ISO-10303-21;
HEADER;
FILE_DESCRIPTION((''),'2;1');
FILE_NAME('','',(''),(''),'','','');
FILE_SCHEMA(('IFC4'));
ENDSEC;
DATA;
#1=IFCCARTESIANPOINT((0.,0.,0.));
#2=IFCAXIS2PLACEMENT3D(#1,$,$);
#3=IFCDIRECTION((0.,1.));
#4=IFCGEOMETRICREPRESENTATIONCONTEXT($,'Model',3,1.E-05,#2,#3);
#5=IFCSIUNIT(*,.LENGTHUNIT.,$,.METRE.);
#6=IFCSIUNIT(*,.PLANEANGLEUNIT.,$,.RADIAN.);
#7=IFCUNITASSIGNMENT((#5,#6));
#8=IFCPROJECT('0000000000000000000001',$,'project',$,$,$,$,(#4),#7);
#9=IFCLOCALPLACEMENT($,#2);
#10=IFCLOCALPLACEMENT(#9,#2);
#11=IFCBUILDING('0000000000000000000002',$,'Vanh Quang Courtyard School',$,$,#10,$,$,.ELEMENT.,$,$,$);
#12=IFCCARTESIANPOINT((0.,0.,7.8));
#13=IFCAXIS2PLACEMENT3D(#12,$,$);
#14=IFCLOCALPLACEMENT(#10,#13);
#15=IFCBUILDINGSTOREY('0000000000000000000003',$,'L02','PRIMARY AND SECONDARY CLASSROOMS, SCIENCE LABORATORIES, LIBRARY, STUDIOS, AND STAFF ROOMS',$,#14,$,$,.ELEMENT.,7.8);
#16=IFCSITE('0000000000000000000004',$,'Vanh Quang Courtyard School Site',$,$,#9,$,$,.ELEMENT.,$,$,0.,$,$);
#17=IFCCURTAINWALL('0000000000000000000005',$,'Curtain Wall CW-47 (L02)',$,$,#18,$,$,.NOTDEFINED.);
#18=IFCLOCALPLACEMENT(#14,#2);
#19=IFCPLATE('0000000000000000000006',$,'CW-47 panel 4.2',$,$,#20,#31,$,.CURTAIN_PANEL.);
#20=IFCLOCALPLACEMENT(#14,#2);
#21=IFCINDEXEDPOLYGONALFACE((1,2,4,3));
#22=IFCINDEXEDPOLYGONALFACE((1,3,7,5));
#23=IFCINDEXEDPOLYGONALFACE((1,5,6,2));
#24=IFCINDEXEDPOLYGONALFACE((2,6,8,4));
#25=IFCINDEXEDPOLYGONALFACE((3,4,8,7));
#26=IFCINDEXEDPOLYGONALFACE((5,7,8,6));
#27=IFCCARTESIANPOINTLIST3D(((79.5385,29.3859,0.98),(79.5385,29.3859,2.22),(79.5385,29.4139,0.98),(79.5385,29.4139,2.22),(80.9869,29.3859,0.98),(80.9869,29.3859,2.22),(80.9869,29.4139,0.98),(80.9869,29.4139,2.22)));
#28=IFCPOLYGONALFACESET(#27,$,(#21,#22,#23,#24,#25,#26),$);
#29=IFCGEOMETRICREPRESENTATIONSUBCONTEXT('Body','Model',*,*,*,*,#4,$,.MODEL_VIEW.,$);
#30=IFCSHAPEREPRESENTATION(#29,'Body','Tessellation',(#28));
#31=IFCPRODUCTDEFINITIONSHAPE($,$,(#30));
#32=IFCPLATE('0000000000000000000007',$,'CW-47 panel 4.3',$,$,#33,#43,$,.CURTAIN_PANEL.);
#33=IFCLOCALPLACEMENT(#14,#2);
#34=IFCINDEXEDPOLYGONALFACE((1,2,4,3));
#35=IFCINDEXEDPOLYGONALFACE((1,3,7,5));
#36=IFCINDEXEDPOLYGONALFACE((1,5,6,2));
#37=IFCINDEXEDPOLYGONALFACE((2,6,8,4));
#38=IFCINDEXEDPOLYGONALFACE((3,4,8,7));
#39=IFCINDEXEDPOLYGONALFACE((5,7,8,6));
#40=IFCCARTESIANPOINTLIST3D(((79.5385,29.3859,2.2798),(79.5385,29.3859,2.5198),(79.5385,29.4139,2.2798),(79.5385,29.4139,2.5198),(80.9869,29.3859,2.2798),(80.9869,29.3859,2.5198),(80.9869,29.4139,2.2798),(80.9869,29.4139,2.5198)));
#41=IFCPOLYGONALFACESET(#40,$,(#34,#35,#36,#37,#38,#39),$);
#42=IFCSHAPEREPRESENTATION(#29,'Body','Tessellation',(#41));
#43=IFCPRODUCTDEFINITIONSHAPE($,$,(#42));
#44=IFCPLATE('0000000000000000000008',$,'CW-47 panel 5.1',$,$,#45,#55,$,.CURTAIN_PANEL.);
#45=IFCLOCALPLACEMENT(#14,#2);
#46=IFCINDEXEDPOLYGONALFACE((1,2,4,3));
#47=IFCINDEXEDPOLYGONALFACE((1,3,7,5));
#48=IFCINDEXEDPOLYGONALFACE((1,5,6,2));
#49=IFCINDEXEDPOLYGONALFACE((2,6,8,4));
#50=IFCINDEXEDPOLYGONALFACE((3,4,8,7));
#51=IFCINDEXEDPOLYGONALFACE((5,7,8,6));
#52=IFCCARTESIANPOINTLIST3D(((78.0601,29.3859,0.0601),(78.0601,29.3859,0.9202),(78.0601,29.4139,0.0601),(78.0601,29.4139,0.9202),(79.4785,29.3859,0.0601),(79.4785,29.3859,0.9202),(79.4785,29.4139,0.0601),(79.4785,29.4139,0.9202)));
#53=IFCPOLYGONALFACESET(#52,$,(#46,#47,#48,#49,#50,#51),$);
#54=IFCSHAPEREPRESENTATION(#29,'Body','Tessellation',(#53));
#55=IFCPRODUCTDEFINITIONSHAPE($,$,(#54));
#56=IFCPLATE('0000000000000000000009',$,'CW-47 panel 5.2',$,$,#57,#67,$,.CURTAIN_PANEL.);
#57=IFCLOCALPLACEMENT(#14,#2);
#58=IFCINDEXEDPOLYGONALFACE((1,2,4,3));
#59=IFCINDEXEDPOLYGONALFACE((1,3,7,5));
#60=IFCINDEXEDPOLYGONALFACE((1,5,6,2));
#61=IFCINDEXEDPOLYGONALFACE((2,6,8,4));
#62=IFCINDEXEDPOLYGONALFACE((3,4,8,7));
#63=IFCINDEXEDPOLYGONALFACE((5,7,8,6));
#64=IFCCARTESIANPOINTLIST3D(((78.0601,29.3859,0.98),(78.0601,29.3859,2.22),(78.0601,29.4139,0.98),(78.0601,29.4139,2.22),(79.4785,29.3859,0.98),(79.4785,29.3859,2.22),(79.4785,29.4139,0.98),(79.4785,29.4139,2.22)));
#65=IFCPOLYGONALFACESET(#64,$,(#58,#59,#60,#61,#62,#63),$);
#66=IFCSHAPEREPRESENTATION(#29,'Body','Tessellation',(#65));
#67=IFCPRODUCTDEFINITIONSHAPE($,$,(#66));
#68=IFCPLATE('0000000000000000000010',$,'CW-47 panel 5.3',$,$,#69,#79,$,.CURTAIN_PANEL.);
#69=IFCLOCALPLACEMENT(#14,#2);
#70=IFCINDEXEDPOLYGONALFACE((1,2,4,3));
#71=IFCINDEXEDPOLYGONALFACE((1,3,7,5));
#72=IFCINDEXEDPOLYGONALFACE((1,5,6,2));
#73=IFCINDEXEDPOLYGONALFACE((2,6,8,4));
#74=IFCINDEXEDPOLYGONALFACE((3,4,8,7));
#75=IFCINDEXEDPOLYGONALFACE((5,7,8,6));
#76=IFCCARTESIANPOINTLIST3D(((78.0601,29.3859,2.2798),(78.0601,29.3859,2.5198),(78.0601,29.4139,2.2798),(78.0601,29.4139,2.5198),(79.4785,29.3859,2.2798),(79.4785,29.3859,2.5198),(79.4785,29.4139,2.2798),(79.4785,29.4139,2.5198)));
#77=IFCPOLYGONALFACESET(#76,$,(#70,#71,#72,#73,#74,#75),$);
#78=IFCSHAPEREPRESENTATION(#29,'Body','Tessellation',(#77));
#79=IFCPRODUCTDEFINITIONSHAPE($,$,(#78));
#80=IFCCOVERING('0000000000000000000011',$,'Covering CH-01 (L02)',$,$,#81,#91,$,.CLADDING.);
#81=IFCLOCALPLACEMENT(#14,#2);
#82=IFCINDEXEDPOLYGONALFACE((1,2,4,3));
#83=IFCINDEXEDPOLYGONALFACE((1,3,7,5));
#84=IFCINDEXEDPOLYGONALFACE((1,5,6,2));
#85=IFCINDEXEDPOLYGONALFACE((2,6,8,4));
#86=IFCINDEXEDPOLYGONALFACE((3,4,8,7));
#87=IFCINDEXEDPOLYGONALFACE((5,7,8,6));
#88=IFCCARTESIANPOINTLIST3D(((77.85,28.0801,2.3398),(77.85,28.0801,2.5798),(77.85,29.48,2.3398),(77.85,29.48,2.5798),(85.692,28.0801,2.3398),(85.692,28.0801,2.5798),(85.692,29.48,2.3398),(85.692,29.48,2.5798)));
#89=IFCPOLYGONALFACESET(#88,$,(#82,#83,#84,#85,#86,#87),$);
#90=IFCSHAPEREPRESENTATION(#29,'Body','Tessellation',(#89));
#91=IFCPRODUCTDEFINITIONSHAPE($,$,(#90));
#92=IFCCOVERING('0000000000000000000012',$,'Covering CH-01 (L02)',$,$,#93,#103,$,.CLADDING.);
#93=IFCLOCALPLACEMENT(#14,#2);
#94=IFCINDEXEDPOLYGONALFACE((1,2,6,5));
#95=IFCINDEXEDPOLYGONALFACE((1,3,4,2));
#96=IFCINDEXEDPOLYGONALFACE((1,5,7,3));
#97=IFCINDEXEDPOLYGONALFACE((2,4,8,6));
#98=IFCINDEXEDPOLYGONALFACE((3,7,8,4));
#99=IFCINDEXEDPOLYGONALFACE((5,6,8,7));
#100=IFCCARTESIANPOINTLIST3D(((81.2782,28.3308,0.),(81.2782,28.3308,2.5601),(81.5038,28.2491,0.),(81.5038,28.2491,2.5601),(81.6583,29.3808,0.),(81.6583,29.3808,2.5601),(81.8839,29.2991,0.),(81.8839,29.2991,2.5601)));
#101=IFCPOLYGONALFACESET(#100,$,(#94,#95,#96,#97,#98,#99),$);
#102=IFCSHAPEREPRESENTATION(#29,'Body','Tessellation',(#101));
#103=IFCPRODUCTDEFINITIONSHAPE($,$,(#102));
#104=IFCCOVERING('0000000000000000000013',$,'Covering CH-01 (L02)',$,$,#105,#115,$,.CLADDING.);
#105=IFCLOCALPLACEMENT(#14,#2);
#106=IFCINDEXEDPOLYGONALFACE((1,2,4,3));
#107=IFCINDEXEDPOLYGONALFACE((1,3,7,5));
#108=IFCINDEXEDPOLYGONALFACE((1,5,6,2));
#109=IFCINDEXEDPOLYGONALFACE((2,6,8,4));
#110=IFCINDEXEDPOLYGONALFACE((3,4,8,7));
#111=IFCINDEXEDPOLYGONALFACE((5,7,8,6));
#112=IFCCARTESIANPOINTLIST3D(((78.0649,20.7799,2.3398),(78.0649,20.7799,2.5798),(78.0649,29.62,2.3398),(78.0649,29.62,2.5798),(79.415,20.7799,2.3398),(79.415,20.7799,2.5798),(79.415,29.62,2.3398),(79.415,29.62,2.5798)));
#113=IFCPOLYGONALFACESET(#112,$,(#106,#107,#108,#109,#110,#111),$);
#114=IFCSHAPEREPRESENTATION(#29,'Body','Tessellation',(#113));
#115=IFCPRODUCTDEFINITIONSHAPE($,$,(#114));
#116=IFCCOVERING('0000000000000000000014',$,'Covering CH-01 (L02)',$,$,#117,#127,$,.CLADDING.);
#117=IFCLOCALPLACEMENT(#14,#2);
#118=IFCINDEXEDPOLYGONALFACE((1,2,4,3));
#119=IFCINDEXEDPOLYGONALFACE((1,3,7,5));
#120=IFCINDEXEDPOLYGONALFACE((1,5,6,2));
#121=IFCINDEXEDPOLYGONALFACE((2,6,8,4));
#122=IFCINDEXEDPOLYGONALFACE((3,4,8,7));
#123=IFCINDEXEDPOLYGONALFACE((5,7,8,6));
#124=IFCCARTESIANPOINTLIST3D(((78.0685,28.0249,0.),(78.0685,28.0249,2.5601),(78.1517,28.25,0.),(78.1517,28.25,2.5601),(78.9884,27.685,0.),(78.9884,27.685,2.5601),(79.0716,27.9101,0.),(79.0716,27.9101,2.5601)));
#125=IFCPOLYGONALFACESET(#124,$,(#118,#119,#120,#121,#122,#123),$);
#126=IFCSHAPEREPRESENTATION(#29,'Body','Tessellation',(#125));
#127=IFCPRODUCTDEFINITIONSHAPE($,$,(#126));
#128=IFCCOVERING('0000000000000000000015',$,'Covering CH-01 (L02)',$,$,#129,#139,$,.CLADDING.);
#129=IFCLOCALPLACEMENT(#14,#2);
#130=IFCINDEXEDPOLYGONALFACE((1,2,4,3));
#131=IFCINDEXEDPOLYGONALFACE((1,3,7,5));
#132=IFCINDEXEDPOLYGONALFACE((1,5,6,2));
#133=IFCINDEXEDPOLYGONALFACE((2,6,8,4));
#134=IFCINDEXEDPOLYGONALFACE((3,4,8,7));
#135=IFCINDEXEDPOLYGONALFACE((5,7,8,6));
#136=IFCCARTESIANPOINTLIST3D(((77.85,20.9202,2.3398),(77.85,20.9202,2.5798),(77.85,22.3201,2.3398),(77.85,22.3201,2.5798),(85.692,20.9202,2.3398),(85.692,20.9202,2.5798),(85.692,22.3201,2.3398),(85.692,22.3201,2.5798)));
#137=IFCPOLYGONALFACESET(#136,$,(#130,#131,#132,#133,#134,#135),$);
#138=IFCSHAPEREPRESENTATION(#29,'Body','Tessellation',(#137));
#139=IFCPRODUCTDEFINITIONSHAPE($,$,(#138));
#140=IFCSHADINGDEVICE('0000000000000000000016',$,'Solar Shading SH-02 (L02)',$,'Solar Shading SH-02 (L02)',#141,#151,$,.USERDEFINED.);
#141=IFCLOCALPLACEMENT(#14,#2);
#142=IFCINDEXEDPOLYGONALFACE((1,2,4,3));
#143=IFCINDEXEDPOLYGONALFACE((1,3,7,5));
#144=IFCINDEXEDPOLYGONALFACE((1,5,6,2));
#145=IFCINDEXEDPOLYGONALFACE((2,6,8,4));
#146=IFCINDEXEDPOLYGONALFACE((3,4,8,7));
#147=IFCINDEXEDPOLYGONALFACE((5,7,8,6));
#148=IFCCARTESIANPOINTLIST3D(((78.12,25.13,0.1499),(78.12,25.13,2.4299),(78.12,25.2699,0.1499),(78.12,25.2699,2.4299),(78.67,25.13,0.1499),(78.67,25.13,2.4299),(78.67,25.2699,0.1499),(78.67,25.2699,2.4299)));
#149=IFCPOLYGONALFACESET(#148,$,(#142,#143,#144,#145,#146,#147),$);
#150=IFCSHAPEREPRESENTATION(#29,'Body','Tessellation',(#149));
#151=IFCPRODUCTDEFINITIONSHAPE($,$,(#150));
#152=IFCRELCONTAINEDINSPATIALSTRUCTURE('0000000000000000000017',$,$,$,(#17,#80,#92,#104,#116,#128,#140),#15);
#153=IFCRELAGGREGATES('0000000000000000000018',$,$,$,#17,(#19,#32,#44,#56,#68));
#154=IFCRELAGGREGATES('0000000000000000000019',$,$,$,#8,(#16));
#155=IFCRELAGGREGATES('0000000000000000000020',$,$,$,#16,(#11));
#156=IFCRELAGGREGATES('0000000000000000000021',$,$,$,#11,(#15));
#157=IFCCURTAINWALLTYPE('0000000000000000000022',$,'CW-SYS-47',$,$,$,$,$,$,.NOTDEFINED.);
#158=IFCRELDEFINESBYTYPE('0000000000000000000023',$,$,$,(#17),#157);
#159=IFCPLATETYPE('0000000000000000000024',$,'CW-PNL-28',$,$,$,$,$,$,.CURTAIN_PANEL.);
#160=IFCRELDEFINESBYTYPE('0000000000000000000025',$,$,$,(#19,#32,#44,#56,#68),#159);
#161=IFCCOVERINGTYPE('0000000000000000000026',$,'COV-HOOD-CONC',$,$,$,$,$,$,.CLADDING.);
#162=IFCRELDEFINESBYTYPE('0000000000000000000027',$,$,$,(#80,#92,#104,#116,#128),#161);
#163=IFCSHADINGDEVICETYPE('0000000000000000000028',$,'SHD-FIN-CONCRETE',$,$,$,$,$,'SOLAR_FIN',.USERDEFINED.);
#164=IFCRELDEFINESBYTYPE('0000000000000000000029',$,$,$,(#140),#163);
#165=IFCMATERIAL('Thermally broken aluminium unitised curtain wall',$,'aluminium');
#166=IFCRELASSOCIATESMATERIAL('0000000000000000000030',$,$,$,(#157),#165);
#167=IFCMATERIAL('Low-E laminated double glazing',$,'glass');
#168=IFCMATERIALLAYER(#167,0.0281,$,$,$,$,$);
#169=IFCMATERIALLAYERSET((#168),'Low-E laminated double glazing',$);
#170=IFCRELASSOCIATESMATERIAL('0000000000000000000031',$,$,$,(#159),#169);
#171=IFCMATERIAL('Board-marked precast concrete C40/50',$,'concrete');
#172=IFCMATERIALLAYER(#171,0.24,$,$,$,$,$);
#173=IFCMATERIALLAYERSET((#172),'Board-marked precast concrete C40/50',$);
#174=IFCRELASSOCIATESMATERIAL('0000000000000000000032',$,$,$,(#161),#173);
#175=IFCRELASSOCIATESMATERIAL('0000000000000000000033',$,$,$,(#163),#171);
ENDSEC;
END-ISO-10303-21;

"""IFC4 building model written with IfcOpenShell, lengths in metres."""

from ifc_helpers import new_model, si_unit, direction, frame, origin, origin_2d, place, context, subcontext, project, spatial, rectangle, extrude, material, layer, layer_set, type_object, element, aggregate, save


model = new_model("IFC4")

# Units and contexts
model_context = context("Model", 3, precision=1e-05, world=origin(), true_north=direction((0.0, 1.0)))
body_context = subcontext(model_context, "Body", "Model", "MODEL_VIEW")
ifc_project = project(units=[si_unit("LENGTHUNIT", "METRE"), si_unit("PLANEANGLEUNIT", "RADIAN")], contexts=[model_context])

# Site, building, storey
site_placement = place(None, origin())
site = spatial("IfcSite", under=ifc_project, at=site_placement, Name="Vanh Quang Courtyard School Site", CompositionType="ELEMENT", RefElevation=0.0)
building_placement = place(site_placement, origin())
building = spatial("IfcBuilding", under=site, at=building_placement, Name="Vanh Quang Courtyard School", CompositionType="ELEMENT")
storey_placement = place(building_placement, frame((0.0, 0.0, 7.8)))
storey = spatial("IfcBuildingStorey", under=building, at=storey_placement, Name="L02", Description="PRIMARY AND SECONDARY CLASSROOMS, SCIENCE LABORATORIES, LIBRARY, STUDIOS, AND STAFF ROOMS", CompositionType="ELEMENT", Elevation=7.8)

# Curtain wall, plates
ifc_material_1 = material(Name="Thermally broken aluminium unitised curtain wall", Category="aluminium")
curtain_wall_type = type_object("IfcCurtainWallType", Name="CW-SYS-47", PredefinedType="NOTDEFINED", material=ifc_material_1)
curtain_wall_placement = place(storey_placement, origin())
curtain_wall = element("IfcCurtainWall", 1, at=curtain_wall_placement, inside=storey, type_object=curtain_wall_type, Name="Curtain Wall CW-47 (L02)", PredefinedType="NOTDEFINED")
ifc_material_2 = material(Name="Low-E laminated double glazing", Category="glass")
ifc_layer_1 = layer(ifc_material_2, 0.0281)
ifc_layer_set_1 = layer_set([ifc_layer_1], Name="Low-E laminated double glazing")
plate_type = type_object("IfcPlateType", Name="CW-PNL-28", PredefinedType="CURTAIN_PANEL", material=ifc_layer_set_1)
plate_1_placement = place(storey_placement, frame((80.2627, 29.3999, 0.98), z_axis=(0.0, 0.0, 1.0), x_axis=(-1.0, 0.0, 0.0)))
plate_1 = element("IfcPlate", 2, at=plate_1_placement, type_object=plate_type, Name="CW-47 panel 4.2", PredefinedType="CURTAIN_PANEL", context=body_context, shape_type="SweptSolid", body=[
    extrude(rectangle(XDim=1.4485, YDim=0.0281, at=origin_2d()), origin(), (0.0, 0.0, 1.0), 1.24),
])
plate_2_placement = place(storey_placement, frame((80.2627, 29.3999, 2.2798), z_axis=(0.0, 0.0, 1.0), x_axis=(-1.0, 0.0, 0.0)))
plate_2 = element("IfcPlate", 3, at=plate_2_placement, type_object=plate_type, Name="CW-47 panel 4.3", PredefinedType="CURTAIN_PANEL", context=body_context, shape_type="SweptSolid", body=[
    extrude(rectangle(XDim=1.4485, YDim=0.0281, at=origin_2d()), origin(), (0.0, 0.0, 1.0), 0.24),
])
plate_3_placement = place(storey_placement, frame((78.7693, 29.3999, 0.0601), z_axis=(0.0, 0.0, 1.0), x_axis=(-1.0, 0.0, 0.0)))
plate_3 = element("IfcPlate", 4, at=plate_3_placement, type_object=plate_type, Name="CW-47 panel 5.1", PredefinedType="CURTAIN_PANEL", context=body_context, shape_type="SweptSolid", body=[
    extrude(rectangle(XDim=1.4185, YDim=0.0281, at=origin_2d()), origin(), (0.0, 0.0, 1.0), 0.8601),
])
plate_4_placement = place(storey_placement, frame((78.7693, 29.3999, 0.98), z_axis=(0.0, 0.0, 1.0), x_axis=(-1.0, 0.0, 0.0)))
plate_4 = element("IfcPlate", 5, at=plate_4_placement, type_object=plate_type, Name="CW-47 panel 5.2", PredefinedType="CURTAIN_PANEL", context=body_context, shape_type="SweptSolid", body=[
    extrude(rectangle(XDim=1.4185, YDim=0.0281, at=origin_2d()), origin(), (0.0, 0.0, 1.0), 1.24),
])
plate_5_placement = place(storey_placement, frame((78.7693, 29.3999, 2.2798), z_axis=(0.0, 0.0, 1.0), x_axis=(-1.0, 0.0, 0.0)))
plate_5 = element("IfcPlate", 6, at=plate_5_placement, type_object=plate_type, Name="CW-47 panel 5.3", PredefinedType="CURTAIN_PANEL", context=body_context, shape_type="SweptSolid", body=[
    extrude(rectangle(XDim=1.4185, YDim=0.0281, at=origin_2d()), origin(), (0.0, 0.0, 1.0), 0.24),
])
aggregate(curtain_wall, [plate_1, plate_2, plate_3, plate_4, plate_5])

# Coverings
ifc_material_3 = material(Name="Board-marked precast concrete C40/50", Category="concrete")
ifc_layer_2 = layer(ifc_material_3, 0.24)
ifc_layer_set_2 = layer_set([ifc_layer_2], Name="Board-marked precast concrete C40/50")
covering_type = type_object("IfcCoveringType", Name="COV-HOOD-CONC", PredefinedType="CLADDING", material=ifc_layer_set_2)
covering_1_placement = place(storey_placement, frame((81.771, 28.78, 2.3398), z_axis=(0.0, 0.0, 1.0), x_axis=(-1.0, 0.0, 0.0)))
element("IfcCovering", 7, at=covering_1_placement, inside=storey, type_object=covering_type, Name="Covering CH-01 (L02)", PredefinedType="CLADDING", context=body_context, shape_type="SweptSolid", body=[
    extrude(rectangle(XDim=7.842, YDim=1.3999, at=origin_2d()), origin(), (0.0, 0.0, 1.0), 0.24),
])
covering_2_placement = place(storey_placement, frame((81.5811, 28.8149, 0.0), z_axis=(0.0, 0.0, 1.0), x_axis=(-0.34038, -0.940288, 0.0)))
element("IfcCovering", 8, at=covering_2_placement, inside=storey, type_object=covering_type, Name="Covering CH-01 (L02)", PredefinedType="CLADDING", context=body_context, shape_type="SweptSolid", body=[
    extrude(rectangle(XDim=1.1167, YDim=0.24, at=origin_2d()), origin(), (0.0, 0.0, 1.0), 2.5601),
])
covering_3_placement = place(storey_placement, frame((78.74, 25.2, 2.3398), z_axis=(0.0, 0.0, 1.0), x_axis=(0.0, -1.0, 0.0)))
element("IfcCovering", 9, at=covering_3_placement, inside=storey, type_object=covering_type, Name="Covering CH-01 (L02)", PredefinedType="CLADDING", context=body_context, shape_type="SweptSolid", body=[
    extrude(rectangle(XDim=8.8401, YDim=1.3501, at=origin_2d()), origin(), (0.0, 0.0, 1.0), 0.24),
])
covering_4_placement = place(storey_placement, frame((78.5701, 27.9675, 0.0), z_axis=(0.0, 0.0, 1.0), x_axis=(0.93801, -0.346608, 0.0)))
element("IfcCovering", 10, at=covering_4_placement, inside=storey, type_object=covering_type, Name="Covering CH-01 (L02)", PredefinedType="CLADDING", context=body_context, shape_type="SweptSolid", body=[
    extrude(rectangle(XDim=0.9807, YDim=0.24, at=origin_2d()), origin(), (0.0, 0.0, 1.0), 2.5601),
])
covering_5_placement = place(storey_placement, frame((81.771, 21.6201, 2.3398), z_axis=(0.0, 0.0, 1.0), x_axis=(1.0, 0.0, 0.0)))
element("IfcCovering", 11, at=covering_5_placement, inside=storey, type_object=covering_type, Name="Covering CH-01 (L02)", PredefinedType="CLADDING", context=body_context, shape_type="SweptSolid", body=[
    extrude(rectangle(XDim=7.842, YDim=1.3999, at=origin_2d()), origin(), (0.0, 0.0, 1.0), 0.24),
])

# Shading device
shading_device_type = type_object("IfcShadingDeviceType", Name="SHD-FIN-CONCRETE", ElementType="SOLAR_FIN", PredefinedType="USERDEFINED", material=ifc_material_3)
shading_device_placement = place(storey_placement, frame((78.395, 25.2, 0.1499), z_axis=(0.0, 0.0, 1.0), x_axis=(0.0, -1.0, 0.0)))
element("IfcShadingDevice", 12, at=shading_device_placement, inside=storey, type_object=shading_device_type, Name="Solar Shading SH-02 (L02)", ObjectType="Solar Shading SH-02 (L02)", PredefinedType="USERDEFINED", context=body_context, shape_type="SweptSolid", body=[
    extrude(rectangle(XDim=0.1399, YDim=0.55, at=origin_2d()), origin(), (0.0, 0.0, 1.0), 2.28),
])

save(model, "model.ifc")
